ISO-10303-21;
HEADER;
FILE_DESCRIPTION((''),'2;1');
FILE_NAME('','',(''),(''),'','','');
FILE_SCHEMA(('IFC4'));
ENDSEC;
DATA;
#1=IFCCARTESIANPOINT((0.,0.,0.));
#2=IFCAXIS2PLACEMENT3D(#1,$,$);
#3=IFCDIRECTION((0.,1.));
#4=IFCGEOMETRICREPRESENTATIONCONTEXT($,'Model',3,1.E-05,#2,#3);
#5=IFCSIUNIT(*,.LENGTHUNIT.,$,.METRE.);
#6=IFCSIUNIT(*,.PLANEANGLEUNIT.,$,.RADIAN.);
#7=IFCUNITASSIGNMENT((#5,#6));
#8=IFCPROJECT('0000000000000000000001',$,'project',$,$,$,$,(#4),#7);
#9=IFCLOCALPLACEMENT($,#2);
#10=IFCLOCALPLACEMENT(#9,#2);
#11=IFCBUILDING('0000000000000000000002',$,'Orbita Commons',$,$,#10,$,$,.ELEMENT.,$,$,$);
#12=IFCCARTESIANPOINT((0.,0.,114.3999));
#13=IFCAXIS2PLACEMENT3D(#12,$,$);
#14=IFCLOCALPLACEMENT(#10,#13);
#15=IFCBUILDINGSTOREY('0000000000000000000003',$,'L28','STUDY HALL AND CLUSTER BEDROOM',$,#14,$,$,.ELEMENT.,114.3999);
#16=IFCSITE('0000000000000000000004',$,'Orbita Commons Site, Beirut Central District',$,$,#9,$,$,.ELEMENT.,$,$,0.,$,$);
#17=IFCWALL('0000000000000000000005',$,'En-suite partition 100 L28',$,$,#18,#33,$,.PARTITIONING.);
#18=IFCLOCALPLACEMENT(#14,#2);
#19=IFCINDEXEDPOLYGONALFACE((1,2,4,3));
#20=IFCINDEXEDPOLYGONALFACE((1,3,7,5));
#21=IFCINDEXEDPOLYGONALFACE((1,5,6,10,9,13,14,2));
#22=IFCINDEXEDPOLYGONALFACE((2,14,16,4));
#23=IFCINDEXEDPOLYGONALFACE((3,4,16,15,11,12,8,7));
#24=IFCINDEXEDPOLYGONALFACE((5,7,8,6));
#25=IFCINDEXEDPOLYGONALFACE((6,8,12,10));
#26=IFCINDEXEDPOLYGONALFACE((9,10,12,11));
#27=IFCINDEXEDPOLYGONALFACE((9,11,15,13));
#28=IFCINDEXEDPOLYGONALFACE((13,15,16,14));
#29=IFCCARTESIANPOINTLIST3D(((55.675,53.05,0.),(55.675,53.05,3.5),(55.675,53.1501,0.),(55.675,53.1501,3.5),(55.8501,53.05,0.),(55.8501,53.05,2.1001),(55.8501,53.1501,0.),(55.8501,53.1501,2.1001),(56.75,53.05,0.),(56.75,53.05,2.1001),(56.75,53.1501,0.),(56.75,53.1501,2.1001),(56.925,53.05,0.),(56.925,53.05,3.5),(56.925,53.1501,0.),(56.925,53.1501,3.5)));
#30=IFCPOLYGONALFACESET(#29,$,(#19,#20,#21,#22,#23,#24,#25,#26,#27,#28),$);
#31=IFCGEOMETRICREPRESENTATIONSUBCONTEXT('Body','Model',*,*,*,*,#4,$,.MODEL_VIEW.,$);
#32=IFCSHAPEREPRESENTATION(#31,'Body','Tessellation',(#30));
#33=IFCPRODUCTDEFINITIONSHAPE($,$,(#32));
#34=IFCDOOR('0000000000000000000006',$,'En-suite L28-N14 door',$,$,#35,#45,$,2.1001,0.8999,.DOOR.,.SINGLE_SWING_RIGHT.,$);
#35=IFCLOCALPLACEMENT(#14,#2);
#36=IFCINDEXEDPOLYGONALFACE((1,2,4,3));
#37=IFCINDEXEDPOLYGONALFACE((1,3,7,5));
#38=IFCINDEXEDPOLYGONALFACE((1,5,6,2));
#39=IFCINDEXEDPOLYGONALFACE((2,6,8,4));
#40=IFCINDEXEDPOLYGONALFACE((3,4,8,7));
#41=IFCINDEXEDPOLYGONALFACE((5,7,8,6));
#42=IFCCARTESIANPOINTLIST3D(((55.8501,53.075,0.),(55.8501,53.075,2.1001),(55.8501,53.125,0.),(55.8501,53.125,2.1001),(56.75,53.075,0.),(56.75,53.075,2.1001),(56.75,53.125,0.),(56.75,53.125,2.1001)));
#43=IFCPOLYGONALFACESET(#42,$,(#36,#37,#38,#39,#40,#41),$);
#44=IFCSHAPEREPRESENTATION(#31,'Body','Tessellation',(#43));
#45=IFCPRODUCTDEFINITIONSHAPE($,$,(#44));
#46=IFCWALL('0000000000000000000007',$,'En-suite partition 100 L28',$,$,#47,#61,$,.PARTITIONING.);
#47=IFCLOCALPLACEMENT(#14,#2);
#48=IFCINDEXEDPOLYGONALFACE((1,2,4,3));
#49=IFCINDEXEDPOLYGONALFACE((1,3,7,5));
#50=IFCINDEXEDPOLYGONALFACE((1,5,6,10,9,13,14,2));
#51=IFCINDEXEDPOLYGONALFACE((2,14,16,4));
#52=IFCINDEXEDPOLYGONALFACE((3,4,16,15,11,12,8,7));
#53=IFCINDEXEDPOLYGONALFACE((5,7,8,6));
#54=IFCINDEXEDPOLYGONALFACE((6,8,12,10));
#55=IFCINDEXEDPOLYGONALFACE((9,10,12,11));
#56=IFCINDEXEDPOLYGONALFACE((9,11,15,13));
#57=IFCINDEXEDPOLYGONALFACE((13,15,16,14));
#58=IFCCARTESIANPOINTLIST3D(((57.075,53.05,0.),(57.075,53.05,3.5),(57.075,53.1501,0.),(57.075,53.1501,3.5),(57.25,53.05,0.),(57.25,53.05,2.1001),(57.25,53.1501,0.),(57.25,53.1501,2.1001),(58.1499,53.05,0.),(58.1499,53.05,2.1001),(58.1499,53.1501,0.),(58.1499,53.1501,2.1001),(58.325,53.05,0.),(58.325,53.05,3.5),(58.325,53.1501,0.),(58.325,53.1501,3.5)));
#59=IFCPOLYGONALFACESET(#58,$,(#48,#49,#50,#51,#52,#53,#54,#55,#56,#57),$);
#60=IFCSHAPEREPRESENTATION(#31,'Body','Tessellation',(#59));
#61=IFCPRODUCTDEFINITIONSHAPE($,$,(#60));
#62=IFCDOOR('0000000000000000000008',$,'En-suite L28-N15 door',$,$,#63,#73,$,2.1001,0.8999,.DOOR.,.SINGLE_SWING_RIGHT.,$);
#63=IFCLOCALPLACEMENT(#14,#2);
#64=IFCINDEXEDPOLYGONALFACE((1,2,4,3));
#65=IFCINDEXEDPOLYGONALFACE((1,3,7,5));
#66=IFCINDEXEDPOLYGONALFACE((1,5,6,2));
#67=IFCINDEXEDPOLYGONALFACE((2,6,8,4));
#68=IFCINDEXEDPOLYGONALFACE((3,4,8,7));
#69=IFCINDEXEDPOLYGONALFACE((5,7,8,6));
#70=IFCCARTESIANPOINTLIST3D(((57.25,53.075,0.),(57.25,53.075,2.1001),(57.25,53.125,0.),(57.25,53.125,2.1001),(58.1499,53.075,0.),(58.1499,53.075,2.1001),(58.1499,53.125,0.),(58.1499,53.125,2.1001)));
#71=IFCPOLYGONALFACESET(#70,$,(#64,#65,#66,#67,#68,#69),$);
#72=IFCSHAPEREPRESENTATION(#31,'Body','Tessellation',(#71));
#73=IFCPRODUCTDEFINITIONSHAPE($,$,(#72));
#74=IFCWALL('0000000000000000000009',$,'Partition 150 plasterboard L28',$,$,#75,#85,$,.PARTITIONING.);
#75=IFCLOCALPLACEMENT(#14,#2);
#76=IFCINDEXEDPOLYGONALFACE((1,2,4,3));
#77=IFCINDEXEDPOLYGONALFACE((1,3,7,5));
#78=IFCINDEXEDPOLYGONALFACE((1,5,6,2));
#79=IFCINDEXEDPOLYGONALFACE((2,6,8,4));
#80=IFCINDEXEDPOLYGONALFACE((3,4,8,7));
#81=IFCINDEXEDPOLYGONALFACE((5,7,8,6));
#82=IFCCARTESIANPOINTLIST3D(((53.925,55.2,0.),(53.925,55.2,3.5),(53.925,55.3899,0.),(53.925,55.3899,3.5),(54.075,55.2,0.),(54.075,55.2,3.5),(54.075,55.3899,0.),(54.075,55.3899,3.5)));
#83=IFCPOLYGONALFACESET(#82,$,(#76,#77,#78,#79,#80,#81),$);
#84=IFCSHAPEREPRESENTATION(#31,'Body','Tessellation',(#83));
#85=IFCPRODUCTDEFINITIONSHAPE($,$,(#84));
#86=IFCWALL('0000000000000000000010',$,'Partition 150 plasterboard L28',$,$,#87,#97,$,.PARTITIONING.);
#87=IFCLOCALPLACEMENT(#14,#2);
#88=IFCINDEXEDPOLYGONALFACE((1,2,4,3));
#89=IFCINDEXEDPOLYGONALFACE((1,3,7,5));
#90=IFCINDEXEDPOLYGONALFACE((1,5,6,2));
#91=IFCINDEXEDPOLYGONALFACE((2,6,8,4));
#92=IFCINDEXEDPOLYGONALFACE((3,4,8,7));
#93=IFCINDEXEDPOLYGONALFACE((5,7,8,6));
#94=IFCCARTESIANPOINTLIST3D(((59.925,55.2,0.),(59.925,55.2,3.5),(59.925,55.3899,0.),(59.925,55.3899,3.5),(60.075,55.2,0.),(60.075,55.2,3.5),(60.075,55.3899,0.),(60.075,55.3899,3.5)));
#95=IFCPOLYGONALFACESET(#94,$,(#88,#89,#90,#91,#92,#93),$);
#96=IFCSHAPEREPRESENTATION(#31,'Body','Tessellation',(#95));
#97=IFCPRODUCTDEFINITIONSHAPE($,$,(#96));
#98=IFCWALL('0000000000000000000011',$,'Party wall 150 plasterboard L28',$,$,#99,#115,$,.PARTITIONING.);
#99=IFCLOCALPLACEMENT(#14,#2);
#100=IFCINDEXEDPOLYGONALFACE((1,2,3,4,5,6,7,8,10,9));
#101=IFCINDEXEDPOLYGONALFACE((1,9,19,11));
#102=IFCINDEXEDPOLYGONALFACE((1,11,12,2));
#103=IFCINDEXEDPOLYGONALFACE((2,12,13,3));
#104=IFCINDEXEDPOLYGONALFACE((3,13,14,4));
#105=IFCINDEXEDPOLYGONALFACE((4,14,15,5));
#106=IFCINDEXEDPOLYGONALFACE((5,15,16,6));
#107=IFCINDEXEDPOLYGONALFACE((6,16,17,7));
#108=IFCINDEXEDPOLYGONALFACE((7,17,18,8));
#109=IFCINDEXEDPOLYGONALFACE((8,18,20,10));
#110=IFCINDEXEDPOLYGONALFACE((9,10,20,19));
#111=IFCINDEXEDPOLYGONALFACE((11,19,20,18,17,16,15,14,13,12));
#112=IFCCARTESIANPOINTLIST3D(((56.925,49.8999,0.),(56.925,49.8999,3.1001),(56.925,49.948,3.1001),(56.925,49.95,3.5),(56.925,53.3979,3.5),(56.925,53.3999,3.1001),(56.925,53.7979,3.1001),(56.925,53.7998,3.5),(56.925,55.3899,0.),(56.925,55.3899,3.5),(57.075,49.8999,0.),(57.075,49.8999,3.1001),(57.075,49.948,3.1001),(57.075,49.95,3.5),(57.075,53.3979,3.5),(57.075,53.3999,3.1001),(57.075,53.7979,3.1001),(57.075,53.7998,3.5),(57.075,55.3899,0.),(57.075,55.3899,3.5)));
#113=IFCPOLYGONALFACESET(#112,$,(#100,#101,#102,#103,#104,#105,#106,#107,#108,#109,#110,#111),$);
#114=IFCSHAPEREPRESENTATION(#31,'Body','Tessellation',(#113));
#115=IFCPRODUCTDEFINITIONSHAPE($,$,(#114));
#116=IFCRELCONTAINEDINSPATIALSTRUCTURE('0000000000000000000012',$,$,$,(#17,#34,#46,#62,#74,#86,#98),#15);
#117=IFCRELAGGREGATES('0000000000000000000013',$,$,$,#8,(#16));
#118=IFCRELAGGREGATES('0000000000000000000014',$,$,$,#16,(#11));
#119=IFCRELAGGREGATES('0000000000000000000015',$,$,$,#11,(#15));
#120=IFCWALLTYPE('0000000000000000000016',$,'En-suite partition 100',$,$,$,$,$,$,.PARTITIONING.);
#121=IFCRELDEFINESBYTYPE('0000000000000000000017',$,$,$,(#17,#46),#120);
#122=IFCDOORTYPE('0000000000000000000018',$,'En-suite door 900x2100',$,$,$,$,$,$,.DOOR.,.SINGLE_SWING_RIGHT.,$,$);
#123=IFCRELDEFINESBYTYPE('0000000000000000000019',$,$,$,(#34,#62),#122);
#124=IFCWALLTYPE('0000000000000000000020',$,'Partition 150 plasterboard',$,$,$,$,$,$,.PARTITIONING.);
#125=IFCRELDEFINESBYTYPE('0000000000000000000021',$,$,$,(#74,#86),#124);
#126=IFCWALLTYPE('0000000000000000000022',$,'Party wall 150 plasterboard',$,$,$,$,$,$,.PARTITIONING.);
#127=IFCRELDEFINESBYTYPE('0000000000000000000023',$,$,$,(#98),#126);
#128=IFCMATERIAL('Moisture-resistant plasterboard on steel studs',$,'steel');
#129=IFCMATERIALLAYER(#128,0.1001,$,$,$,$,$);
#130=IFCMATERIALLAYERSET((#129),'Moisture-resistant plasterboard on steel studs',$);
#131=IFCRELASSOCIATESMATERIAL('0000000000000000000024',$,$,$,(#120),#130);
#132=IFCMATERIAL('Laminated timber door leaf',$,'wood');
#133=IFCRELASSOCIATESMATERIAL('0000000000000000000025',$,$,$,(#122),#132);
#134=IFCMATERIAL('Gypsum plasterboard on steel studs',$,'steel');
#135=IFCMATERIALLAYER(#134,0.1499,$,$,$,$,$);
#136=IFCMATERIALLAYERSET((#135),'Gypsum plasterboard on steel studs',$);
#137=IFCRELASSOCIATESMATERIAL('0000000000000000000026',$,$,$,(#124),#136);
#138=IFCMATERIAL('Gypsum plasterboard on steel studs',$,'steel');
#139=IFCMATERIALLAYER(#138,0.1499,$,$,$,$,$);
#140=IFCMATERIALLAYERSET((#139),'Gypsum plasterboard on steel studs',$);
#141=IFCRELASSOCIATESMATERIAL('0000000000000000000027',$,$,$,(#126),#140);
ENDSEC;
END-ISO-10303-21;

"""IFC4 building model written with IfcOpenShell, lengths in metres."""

from ifc_helpers import new_model, si_unit, direction, frame, frame_2d, origin, place, context, subcontext, project, spatial, polyline, rectangle, outline, extrude, material, layer, layer_set, type_object, element, fill, save


model = new_model("IFC4")

# Units and contexts
model_context = context("Model", 3, precision=1e-05, world=origin(), true_north=direction((0.0, 1.0)))
body_context = subcontext(model_context, "Body", "Model", "MODEL_VIEW")
ifc_project = project(units=[si_unit("LENGTHUNIT", "METRE"), si_unit("PLANEANGLEUNIT", "RADIAN")], contexts=[model_context])

# Site, building, storey
site_placement = place(None, origin())
site = spatial("IfcSite", under=ifc_project, at=site_placement, Name="Orbita Commons Site, Beirut Central District", CompositionType="ELEMENT", RefElevation=0.0)
building_placement = place(site_placement, origin())
building = spatial("IfcBuilding", under=site, at=building_placement, Name="Orbita Commons", CompositionType="ELEMENT")
storey_placement = place(building_placement, frame((0.0, 0.0, 114.3999)))
storey = spatial("IfcBuildingStorey", under=building, at=storey_placement, Name="L28", Description="STUDY HALL AND CLUSTER BEDROOM", CompositionType="ELEMENT", Elevation=114.3999)

# Walls, openings, doors
ifc_material_1 = material(Name="Moisture-resistant plasterboard on steel studs", Category="steel")
ifc_layer_1 = layer(ifc_material_1, 0.1001)
ifc_layer_set_1 = layer_set([ifc_layer_1], Name="Moisture-resistant plasterboard on steel studs")
wall_type_1 = type_object("IfcWallType", Name="En-suite partition 100", PredefinedType="PARTITIONING", material=ifc_layer_set_1)
wall_1_placement = place(storey_placement, frame((55.675, 53.1001, 0.0), z_axis=(0.0, 0.0, 1.0), x_axis=(1.0, 0.0, 0.0)))
wall_1 = element("IfcWall", 1, at=wall_1_placement, inside=storey, type_object=wall_type_1, Name="En-suite partition 100 L28", PredefinedType="PARTITIONING", context=body_context, shape_type="SweptSolid", body=[
    extrude(rectangle(XDim=1.25, YDim=0.1001, at=frame_2d((0.625, 0.0))), origin(), (0.0, 0.0, 1.0), 3.5),
])
opening_1_placement = place(wall_1_placement, frame((0.175, 0.0, 0.0)))
opening_1 = element("IfcOpeningElement", 2, at=opening_1_placement, cuts=wall_1, PredefinedType="OPENING", context=body_context, shape_type="SweptSolid", body=[
    extrude(rectangle(XDim=0.8999, YDim=2.1001, at=frame_2d((0.45, 1.05))), frame((0.0, 0.0601, 0.0), z_axis=(0.0, -1.0, 0.0), x_axis=(1.0, 0.0, 0.0)), (0.0, 0.0, 1.0), 0.1201),
])
ifc_material_2 = material(Name="Laminated timber door leaf", Category="wood")
door_type = type_object("IfcDoorType", Name="En-suite door 900x2100", OperationType="SINGLE_SWING_RIGHT", PredefinedType="DOOR", material=ifc_material_2)
door_1_placement = place(opening_1_placement, origin())
door_1 = element("IfcDoor", 3, at=door_1_placement, inside=storey, type_object=door_type, Name="En-suite L28-N14 door", OperationType="SINGLE_SWING_RIGHT", OverallHeight=2.1001, OverallWidth=0.8999, PredefinedType="DOOR", context=body_context, shape_type="SweptSolid", body=[
    extrude(rectangle(XDim=0.8999, YDim=2.1001, at=frame_2d((0.45, 1.05))), frame((0.0, 0.0249, 0.0), z_axis=(0.0, -1.0, 0.0), x_axis=(1.0, 0.0, 0.0)), (0.0, 0.0, 1.0), 0.05),
])
fill(opening_1, door_1)
wall_2_placement = place(storey_placement, frame((57.075, 53.1001, 0.0), z_axis=(0.0, 0.0, 1.0), x_axis=(1.0, 0.0, 0.0)))
wall_2 = element("IfcWall", 4, at=wall_2_placement, inside=storey, type_object=wall_type_1, Name="En-suite partition 100 L28", PredefinedType="PARTITIONING", context=body_context, shape_type="SweptSolid", body=[
    extrude(rectangle(XDim=1.25, YDim=0.1001, at=frame_2d((0.625, 0.0))), origin(), (0.0, 0.0, 1.0), 3.5),
])
opening_2_placement = place(wall_2_placement, frame((0.175, 0.0, 0.0)))
opening_2 = element("IfcOpeningElement", 5, at=opening_2_placement, cuts=wall_2, PredefinedType="OPENING", context=body_context, shape_type="SweptSolid", body=[
    extrude(rectangle(XDim=0.8999, YDim=2.1001, at=frame_2d((0.45, 1.05))), frame((0.0, 0.0601, 0.0), z_axis=(0.0, -1.0, 0.0), x_axis=(1.0, 0.0, 0.0)), (0.0, 0.0, 1.0), 0.1201),
])
door_2_placement = place(opening_2_placement, origin())
door_2 = element("IfcDoor", 6, at=door_2_placement, inside=storey, type_object=door_type, Name="En-suite L28-N15 door", OperationType="SINGLE_SWING_RIGHT", OverallHeight=2.1001, OverallWidth=0.8999, PredefinedType="DOOR", context=body_context, shape_type="SweptSolid", body=[
    extrude(rectangle(XDim=0.8999, YDim=2.1001, at=frame_2d((0.45, 1.05))), frame((0.0, 0.0249, 0.0), z_axis=(0.0, -1.0, 0.0), x_axis=(1.0, 0.0, 0.0)), (0.0, 0.0, 1.0), 0.05),
])
fill(opening_2, door_2)

# Walls
ifc_material_3 = material(Name="Gypsum plasterboard on steel studs", Category="steel")
ifc_layer_2 = layer(ifc_material_3, 0.1499)
ifc_layer_set_2 = layer_set([ifc_layer_2], Name="Gypsum plasterboard on steel studs")
wall_type_2 = type_object("IfcWallType", Name="Partition 150 plasterboard", PredefinedType="PARTITIONING", material=ifc_layer_set_2)
for number, where, z_axis, x_axis, name in (
    (7, (54.0, 55.2, 0.0), (0.0, 0.0, 1.0), (0.0, 1.0, 0.0), "Partition 150 plasterboard L28"),
    (8, (60.0, 55.2, 0.0), (0.0, 0.0, 1.0), (0.0, 1.0, 0.0), "Partition 150 plasterboard L28"),
):
    element("IfcWall", number, at=place(storey_placement, frame(where, z_axis=z_axis, x_axis=x_axis)), inside=storey, type_object=wall_type_2, Name=name, PredefinedType="PARTITIONING", context=body_context, shape_type="SweptSolid", body=[
        extrude(rectangle(XDim=0.1899, YDim=0.1499, at=frame_2d((0.095, 0.0))), origin(), (0.0, 0.0, 1.0), 3.5),
    ])
ifc_material_4 = material(Name="Gypsum plasterboard on steel studs", Category="steel")
ifc_layer_3 = layer(ifc_material_4, 0.1499)
ifc_layer_set_3 = layer_set([ifc_layer_3], Name="Gypsum plasterboard on steel studs")
wall_type_3 = type_object("IfcWallType", Name="Party wall 150 plasterboard", PredefinedType="PARTITIONING", material=ifc_layer_set_3)
wall_3_placement = place(storey_placement, frame((57.0, 55.3899, 0.0), z_axis=(0.0, 0.0, 1.0), x_axis=(0.0, -1.0, 0.0)))
element("IfcWall", 9, at=wall_3_placement, inside=storey, type_object=wall_type_3, Name="Party wall 150 plasterboard L28", PredefinedType="PARTITIONING", context=body_context, shape_type="SweptSolid", body=[
    extrude(outline(polyline([(0.0, 0.0), (5.49, 0.0), (5.49, 3.1001), (5.4419, 3.1001), (5.4399, 3.5), (1.9919, 3.5), (1.99, 3.1001), (1.592, 3.1001), (1.5901, 3.5), (0.0, 3.5), (0.0, 0.0)])), frame((0.0, 0.075, 0.0), z_axis=(0.0, -1.0, 0.0), x_axis=(1.0, 0.0, 0.0)), (0.0, 0.0, 1.0), 0.1499),
])

save(model, "model.ifc")
